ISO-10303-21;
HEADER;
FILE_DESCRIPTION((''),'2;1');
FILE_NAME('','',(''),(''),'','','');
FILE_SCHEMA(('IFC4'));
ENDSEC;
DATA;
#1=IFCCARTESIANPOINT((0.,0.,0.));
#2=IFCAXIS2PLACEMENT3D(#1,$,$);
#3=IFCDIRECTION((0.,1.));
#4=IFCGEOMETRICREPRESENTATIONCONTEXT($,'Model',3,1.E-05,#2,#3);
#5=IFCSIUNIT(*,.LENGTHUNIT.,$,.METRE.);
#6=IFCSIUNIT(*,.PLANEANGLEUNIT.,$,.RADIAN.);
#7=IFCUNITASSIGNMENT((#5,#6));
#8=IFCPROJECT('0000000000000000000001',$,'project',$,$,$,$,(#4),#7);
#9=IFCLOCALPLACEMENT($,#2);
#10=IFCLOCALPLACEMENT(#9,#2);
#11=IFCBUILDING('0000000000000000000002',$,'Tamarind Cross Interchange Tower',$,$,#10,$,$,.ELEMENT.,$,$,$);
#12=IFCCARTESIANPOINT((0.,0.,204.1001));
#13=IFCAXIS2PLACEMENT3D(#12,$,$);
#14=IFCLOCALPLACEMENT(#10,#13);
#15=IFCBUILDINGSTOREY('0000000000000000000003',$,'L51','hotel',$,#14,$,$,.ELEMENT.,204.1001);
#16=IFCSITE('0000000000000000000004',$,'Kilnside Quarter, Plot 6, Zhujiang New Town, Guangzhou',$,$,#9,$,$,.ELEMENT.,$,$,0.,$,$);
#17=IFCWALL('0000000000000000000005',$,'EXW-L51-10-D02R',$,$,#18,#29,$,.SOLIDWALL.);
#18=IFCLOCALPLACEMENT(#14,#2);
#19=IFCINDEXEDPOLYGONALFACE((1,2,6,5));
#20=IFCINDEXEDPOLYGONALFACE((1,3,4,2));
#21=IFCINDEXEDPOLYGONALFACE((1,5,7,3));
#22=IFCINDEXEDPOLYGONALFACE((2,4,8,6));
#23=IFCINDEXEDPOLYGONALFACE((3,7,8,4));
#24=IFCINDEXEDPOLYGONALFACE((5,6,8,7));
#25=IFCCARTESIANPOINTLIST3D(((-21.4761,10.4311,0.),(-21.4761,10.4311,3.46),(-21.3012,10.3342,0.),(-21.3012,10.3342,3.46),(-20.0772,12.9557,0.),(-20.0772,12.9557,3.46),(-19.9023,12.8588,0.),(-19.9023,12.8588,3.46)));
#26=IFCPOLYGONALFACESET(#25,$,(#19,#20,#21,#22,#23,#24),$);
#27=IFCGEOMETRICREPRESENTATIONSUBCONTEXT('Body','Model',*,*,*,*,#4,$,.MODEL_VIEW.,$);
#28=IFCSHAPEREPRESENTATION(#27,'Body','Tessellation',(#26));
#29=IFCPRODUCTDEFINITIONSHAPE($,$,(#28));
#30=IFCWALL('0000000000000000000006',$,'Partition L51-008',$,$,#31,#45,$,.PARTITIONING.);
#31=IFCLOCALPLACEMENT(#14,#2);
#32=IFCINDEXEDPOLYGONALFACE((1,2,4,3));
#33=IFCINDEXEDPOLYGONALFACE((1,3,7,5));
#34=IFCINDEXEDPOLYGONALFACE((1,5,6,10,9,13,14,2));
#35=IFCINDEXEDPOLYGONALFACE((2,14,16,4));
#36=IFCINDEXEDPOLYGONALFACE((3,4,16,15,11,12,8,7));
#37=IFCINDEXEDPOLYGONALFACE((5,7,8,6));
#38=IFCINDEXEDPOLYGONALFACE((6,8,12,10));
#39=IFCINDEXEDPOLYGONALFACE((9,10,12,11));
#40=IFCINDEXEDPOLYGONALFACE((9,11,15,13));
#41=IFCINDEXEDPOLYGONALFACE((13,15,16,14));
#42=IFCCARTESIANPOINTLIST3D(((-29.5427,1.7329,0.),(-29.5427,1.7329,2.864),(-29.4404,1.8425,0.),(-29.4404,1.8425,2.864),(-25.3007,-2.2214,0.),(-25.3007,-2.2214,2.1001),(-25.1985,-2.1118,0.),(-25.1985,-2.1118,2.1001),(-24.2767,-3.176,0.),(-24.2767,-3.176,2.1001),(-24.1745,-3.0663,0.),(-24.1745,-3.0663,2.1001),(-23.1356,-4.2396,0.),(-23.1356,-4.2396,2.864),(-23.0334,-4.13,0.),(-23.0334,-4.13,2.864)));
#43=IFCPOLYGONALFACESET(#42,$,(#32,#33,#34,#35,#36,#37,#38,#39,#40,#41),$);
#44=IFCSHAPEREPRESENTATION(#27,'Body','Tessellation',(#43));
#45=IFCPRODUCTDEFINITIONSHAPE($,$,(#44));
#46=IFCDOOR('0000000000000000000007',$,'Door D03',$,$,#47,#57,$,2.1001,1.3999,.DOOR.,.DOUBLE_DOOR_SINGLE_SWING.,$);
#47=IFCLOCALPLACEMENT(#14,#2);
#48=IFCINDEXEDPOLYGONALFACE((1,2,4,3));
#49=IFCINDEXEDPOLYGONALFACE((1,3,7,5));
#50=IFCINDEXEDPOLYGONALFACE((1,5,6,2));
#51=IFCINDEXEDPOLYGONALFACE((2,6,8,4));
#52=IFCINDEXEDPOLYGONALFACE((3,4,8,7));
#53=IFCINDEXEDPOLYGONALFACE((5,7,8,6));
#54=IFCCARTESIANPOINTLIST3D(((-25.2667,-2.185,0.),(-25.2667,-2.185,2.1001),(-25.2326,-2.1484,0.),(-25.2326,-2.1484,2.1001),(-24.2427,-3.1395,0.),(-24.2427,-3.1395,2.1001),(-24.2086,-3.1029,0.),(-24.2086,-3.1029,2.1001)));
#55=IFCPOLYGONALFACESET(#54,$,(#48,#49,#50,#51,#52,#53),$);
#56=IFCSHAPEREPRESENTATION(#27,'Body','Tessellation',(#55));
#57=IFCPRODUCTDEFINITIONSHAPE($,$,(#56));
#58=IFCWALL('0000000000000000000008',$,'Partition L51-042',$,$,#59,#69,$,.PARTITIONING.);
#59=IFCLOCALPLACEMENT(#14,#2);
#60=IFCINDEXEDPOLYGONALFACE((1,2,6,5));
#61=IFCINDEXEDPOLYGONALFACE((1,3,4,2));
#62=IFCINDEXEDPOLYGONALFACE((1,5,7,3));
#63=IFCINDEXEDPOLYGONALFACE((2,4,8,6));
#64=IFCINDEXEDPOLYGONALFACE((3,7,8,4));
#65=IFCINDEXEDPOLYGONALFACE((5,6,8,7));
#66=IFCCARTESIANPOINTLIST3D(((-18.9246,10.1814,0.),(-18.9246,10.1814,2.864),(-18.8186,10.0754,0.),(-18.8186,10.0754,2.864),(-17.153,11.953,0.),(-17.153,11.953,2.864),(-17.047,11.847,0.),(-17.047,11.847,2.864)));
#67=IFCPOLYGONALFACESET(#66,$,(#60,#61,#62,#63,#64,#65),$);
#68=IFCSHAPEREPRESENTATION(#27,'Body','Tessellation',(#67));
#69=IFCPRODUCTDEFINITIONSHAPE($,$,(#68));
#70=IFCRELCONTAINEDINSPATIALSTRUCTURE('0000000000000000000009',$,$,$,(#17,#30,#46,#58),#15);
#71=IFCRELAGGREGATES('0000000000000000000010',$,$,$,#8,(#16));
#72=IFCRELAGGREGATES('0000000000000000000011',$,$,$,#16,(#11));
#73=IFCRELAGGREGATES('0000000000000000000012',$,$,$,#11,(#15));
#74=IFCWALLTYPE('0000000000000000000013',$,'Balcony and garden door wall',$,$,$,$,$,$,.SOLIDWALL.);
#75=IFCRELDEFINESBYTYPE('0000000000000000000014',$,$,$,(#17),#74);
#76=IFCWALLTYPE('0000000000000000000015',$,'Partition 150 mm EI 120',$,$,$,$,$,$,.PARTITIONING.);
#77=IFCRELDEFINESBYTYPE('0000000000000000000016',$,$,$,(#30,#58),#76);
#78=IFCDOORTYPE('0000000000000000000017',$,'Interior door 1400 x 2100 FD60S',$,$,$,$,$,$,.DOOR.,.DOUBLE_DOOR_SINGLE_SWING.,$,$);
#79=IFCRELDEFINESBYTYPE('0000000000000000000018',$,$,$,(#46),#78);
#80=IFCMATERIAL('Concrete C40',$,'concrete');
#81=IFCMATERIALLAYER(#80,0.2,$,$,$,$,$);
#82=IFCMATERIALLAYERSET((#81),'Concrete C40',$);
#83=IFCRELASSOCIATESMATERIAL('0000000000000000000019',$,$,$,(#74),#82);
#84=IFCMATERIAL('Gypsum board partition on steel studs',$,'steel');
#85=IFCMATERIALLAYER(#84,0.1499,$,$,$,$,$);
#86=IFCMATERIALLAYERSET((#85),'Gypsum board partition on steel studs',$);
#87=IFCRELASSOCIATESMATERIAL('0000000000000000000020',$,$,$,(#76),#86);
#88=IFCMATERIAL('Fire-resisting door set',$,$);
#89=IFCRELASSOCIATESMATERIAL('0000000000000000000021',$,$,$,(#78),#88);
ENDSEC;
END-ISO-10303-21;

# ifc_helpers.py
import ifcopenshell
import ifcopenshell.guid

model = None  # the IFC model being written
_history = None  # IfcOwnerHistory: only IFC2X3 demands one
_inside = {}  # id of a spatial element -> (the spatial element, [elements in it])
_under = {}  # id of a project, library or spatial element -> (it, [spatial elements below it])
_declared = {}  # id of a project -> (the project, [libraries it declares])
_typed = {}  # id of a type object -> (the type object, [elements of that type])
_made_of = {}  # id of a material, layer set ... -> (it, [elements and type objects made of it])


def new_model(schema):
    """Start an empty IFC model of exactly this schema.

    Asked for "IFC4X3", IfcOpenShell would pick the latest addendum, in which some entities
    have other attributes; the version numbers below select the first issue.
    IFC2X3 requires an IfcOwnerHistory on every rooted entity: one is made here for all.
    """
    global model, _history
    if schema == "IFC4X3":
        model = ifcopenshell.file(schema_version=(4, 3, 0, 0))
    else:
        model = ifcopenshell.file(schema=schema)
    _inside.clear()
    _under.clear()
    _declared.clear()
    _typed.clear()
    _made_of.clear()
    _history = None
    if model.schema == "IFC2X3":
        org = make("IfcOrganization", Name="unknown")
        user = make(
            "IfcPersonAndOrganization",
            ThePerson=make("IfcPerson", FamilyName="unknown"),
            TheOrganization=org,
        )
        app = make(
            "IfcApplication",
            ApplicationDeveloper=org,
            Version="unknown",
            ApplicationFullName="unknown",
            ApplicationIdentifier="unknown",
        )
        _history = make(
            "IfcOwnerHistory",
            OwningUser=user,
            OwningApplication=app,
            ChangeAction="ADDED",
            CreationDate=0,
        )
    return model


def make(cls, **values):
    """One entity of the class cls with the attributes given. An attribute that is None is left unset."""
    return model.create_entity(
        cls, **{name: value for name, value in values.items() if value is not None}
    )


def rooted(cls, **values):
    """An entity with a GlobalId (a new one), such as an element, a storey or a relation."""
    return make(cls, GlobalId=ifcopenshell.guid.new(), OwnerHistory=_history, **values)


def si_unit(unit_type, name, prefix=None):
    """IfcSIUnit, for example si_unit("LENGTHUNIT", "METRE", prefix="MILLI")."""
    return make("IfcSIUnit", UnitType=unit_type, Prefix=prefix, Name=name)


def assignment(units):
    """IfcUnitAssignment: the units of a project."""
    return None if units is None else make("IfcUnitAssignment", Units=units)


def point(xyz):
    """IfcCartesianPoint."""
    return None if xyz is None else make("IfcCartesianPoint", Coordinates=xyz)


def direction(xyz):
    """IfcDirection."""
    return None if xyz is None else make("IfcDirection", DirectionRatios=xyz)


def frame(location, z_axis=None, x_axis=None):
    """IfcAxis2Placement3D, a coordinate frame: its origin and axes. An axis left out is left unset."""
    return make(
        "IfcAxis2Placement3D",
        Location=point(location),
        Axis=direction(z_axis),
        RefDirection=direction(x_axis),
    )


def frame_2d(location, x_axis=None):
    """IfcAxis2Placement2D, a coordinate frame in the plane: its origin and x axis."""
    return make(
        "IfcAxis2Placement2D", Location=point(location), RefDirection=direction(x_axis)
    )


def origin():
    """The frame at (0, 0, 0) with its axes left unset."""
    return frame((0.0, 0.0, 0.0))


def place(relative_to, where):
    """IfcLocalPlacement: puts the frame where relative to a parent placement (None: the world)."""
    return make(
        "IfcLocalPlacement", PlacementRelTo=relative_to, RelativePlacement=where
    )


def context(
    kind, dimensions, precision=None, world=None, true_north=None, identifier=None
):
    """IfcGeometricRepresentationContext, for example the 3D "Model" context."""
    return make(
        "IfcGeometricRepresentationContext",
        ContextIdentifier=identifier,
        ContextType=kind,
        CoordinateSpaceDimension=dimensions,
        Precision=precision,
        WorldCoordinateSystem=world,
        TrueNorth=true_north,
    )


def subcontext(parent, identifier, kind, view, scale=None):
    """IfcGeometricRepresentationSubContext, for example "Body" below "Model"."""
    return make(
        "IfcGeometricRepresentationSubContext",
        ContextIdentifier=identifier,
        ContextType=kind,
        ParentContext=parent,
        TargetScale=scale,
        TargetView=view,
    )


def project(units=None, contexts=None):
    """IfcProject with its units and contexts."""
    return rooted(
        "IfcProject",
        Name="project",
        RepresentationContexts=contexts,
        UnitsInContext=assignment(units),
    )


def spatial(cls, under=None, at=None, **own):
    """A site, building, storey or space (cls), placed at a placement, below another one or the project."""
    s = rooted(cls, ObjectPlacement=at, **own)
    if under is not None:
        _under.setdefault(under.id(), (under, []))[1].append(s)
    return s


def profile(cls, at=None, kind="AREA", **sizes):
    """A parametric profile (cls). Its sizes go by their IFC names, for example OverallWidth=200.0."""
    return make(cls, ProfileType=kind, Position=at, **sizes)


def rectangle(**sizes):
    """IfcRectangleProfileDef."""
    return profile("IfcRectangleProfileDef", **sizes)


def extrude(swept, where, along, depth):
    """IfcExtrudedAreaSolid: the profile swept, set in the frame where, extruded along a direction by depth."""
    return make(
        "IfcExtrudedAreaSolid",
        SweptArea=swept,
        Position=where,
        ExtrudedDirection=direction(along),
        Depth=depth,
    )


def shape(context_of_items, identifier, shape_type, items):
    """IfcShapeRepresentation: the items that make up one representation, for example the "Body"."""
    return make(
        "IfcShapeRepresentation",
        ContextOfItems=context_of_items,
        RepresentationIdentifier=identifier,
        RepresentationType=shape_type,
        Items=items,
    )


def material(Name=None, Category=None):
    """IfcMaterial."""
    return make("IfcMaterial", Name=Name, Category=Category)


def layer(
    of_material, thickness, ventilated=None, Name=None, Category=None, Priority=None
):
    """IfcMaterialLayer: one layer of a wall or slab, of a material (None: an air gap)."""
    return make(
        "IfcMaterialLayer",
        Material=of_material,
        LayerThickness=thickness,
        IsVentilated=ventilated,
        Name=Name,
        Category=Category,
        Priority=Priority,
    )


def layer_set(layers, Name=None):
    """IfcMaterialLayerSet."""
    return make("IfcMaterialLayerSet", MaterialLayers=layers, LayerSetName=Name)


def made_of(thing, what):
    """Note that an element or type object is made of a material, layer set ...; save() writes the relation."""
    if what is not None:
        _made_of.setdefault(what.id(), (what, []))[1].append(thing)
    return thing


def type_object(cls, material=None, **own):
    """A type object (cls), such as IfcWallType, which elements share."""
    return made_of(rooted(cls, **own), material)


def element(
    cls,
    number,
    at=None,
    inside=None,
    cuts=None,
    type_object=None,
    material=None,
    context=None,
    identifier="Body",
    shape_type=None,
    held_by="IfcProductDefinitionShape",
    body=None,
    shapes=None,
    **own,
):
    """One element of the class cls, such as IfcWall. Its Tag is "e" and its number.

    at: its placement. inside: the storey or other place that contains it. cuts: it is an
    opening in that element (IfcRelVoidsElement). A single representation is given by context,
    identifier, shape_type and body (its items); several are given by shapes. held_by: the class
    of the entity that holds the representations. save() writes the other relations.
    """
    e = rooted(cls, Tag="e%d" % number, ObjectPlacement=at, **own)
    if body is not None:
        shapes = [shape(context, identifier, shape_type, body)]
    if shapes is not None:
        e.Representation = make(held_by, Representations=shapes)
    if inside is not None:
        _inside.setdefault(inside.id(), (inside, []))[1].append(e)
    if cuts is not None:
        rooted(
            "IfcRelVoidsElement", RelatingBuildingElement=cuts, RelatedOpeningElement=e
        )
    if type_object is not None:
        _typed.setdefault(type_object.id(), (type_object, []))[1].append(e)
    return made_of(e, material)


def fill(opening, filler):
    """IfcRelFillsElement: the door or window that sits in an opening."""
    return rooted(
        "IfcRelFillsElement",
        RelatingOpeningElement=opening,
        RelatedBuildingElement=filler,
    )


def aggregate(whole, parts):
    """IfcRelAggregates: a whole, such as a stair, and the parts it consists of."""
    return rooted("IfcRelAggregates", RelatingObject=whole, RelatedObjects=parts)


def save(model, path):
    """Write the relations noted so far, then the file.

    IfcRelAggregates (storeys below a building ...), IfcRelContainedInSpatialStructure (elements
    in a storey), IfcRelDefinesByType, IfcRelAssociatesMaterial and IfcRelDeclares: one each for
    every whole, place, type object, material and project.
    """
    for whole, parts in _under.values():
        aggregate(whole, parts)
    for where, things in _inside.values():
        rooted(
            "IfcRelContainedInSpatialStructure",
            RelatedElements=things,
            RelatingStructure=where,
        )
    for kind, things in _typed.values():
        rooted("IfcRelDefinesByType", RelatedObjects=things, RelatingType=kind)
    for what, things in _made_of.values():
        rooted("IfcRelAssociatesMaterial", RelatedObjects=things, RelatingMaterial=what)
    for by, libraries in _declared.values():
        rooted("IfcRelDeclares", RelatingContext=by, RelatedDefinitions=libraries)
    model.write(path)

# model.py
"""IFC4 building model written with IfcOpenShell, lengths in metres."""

from ifc_helpers import new_model, si_unit, direction, frame, frame_2d, origin, place, context, subcontext, project, spatial, rectangle, extrude, material, layer, layer_set, type_object, element, fill, save


model = new_model("IFC4")

# Units and contexts
model_context = context("Model", 3, precision=1e-05, world=origin(), true_north=direction((0.0, 1.0)))
body_context = subcontext(model_context, "Body", "Model", "MODEL_VIEW")
ifc_project = project(units=[si_unit("LENGTHUNIT", "METRE"), si_unit("PLANEANGLEUNIT", "RADIAN")], contexts=[model_context])

# Site, building, storey
site_placement = place(None, origin())
site = spatial("IfcSite", under=ifc_project, at=site_placement, Name="Kilnside Quarter, Plot 6, Zhujiang New Town, Guangzhou", CompositionType="ELEMENT", RefElevation=0.0)
building_placement = place(site_placement, origin())
building = spatial("IfcBuilding", under=site, at=building_placement, Name="Tamarind Cross Interchange Tower", CompositionType="ELEMENT")
storey_placement = place(building_placement, frame((0.0, 0.0, 204.1001)))
storey = spatial("IfcBuildingStorey", under=building, at=storey_placement, Name="L51", Description="hotel", CompositionType="ELEMENT", Elevation=204.1001)

# Wall
ifc_material_1 = material(Name="Concrete C40", Category="concrete")
ifc_layer_1 = layer(ifc_material_1, 0.2)
ifc_layer_set_1 = layer_set([ifc_layer_1], Name="Concrete C40")
wall_type_1 = type_object("IfcWallType", Name="Balcony and garden door wall", PredefinedType="SOLIDWALL", material=ifc_layer_set_1)
wall_1_placement = place(storey_placement, frame((-19.9897, 12.9072, 0.0), z_axis=(0.0, 0.0, 1.0), x_axis=(-0.484673, -0.874695, 0.0)))
element("IfcWall", 1, at=wall_1_placement, inside=storey, type_object=wall_type_1, Name="EXW-L51-10-D02R", PredefinedType="SOLIDWALL", context=body_context, shape_type="SweptSolid", body=[
    extrude(rectangle(XDim=2.8862, YDim=0.2, at=frame_2d((1.4431, 0.0))), origin(), (0.0, 0.0, 1.0), 3.46),
])

# Wall, opening, door
ifc_material_2 = material(Name="Gypsum board partition on steel studs", Category="steel")
ifc_layer_2 = layer(ifc_material_2, 0.1499)
ifc_layer_set_2 = layer_set([ifc_layer_2], Name="Gypsum board partition on steel studs")
wall_type_2 = type_object("IfcWallType", Name="Partition 150 mm EI 120", PredefinedType="PARTITIONING", material=ifc_layer_set_2)
wall_2_placement = place(storey_placement, frame((-29.4915, 1.7876, 0.0), z_axis=(0.0, 0.0, 1.0), x_axis=(0.731479, -0.681864, 0.0)))
wall_2 = element("IfcWall", 2, at=wall_2_placement, inside=storey, type_object=wall_type_2, Name="Partition L51-008", PredefinedType="PARTITIONING", context=body_context, shape_type="SweptSolid", body=[
    extrude(rectangle(XDim=8.759, YDim=0.1499, at=frame_2d((4.3794, 0.0))), origin(), (0.0, 0.0, 1.0), 2.864),
])
opening_1_placement = place(wall_2_placement, frame((5.7991, 0.0, 0.0)))
opening_1 = element("IfcOpeningElement", 3, at=opening_1_placement, cuts=wall_2, PredefinedType="OPENING", context=body_context, shape_type="SweptSolid", body=[
    extrude(rectangle(XDim=1.3999, YDim=2.1001, at=frame_2d((0.7, 1.05))), frame((0.0, 0.085, 0.0), z_axis=(0.0, -1.0, 0.0), x_axis=(1.0, 0.0, 0.0)), (0.0, 0.0, 1.0), 0.1699),
])
ifc_material_3 = material(Name="Fire-resisting door set")
door_type_1 = type_object("IfcDoorType", Name="Interior door 1400 x 2100 FD60S", OperationType="DOUBLE_DOOR_SINGLE_SWING", PredefinedType="DOOR", material=ifc_material_3)
door_1_placement = place(opening_1_placement, origin())
door_1 = element("IfcDoor", 4, at=door_1_placement, inside=storey, type_object=door_type_1, Name="Door D03", OperationType="DOUBLE_DOOR_SINGLE_SWING", OverallHeight=2.1001, OverallWidth=1.3999, PredefinedType="DOOR", context=body_context, shape_type="SweptSolid", body=[
    extrude(rectangle(XDim=1.3999, YDim=2.1001, at=frame_2d((0.7, 1.05))), frame((0.0, 0.0249, 0.0), z_axis=(0.0, -1.0, 0.0), x_axis=(1.0, 0.0, 0.0)), (0.0, 0.0, 1.0), 0.05),
])
fill(opening_1, door_1)

# Wall
wall_3_placement = place(storey_placement, frame((-18.8716, 10.1284, 0.0), z_axis=(0.0, 0.0, 1.0), x_axis=(0.707107, 0.707107, 0.0)))
element("IfcWall", 5, at=wall_3_placement, inside=storey, type_object=wall_type_2, Name="Partition L51-042", PredefinedType="PARTITIONING", context=body_context, shape_type="SweptSolid", body=[
    extrude(rectangle(XDim=2.5054, YDim=0.1499, at=frame_2d((1.2527, 0.0))), origin(), (0.0, 0.0, 1.0), 2.864),
])

save(model, "model.ifc")
